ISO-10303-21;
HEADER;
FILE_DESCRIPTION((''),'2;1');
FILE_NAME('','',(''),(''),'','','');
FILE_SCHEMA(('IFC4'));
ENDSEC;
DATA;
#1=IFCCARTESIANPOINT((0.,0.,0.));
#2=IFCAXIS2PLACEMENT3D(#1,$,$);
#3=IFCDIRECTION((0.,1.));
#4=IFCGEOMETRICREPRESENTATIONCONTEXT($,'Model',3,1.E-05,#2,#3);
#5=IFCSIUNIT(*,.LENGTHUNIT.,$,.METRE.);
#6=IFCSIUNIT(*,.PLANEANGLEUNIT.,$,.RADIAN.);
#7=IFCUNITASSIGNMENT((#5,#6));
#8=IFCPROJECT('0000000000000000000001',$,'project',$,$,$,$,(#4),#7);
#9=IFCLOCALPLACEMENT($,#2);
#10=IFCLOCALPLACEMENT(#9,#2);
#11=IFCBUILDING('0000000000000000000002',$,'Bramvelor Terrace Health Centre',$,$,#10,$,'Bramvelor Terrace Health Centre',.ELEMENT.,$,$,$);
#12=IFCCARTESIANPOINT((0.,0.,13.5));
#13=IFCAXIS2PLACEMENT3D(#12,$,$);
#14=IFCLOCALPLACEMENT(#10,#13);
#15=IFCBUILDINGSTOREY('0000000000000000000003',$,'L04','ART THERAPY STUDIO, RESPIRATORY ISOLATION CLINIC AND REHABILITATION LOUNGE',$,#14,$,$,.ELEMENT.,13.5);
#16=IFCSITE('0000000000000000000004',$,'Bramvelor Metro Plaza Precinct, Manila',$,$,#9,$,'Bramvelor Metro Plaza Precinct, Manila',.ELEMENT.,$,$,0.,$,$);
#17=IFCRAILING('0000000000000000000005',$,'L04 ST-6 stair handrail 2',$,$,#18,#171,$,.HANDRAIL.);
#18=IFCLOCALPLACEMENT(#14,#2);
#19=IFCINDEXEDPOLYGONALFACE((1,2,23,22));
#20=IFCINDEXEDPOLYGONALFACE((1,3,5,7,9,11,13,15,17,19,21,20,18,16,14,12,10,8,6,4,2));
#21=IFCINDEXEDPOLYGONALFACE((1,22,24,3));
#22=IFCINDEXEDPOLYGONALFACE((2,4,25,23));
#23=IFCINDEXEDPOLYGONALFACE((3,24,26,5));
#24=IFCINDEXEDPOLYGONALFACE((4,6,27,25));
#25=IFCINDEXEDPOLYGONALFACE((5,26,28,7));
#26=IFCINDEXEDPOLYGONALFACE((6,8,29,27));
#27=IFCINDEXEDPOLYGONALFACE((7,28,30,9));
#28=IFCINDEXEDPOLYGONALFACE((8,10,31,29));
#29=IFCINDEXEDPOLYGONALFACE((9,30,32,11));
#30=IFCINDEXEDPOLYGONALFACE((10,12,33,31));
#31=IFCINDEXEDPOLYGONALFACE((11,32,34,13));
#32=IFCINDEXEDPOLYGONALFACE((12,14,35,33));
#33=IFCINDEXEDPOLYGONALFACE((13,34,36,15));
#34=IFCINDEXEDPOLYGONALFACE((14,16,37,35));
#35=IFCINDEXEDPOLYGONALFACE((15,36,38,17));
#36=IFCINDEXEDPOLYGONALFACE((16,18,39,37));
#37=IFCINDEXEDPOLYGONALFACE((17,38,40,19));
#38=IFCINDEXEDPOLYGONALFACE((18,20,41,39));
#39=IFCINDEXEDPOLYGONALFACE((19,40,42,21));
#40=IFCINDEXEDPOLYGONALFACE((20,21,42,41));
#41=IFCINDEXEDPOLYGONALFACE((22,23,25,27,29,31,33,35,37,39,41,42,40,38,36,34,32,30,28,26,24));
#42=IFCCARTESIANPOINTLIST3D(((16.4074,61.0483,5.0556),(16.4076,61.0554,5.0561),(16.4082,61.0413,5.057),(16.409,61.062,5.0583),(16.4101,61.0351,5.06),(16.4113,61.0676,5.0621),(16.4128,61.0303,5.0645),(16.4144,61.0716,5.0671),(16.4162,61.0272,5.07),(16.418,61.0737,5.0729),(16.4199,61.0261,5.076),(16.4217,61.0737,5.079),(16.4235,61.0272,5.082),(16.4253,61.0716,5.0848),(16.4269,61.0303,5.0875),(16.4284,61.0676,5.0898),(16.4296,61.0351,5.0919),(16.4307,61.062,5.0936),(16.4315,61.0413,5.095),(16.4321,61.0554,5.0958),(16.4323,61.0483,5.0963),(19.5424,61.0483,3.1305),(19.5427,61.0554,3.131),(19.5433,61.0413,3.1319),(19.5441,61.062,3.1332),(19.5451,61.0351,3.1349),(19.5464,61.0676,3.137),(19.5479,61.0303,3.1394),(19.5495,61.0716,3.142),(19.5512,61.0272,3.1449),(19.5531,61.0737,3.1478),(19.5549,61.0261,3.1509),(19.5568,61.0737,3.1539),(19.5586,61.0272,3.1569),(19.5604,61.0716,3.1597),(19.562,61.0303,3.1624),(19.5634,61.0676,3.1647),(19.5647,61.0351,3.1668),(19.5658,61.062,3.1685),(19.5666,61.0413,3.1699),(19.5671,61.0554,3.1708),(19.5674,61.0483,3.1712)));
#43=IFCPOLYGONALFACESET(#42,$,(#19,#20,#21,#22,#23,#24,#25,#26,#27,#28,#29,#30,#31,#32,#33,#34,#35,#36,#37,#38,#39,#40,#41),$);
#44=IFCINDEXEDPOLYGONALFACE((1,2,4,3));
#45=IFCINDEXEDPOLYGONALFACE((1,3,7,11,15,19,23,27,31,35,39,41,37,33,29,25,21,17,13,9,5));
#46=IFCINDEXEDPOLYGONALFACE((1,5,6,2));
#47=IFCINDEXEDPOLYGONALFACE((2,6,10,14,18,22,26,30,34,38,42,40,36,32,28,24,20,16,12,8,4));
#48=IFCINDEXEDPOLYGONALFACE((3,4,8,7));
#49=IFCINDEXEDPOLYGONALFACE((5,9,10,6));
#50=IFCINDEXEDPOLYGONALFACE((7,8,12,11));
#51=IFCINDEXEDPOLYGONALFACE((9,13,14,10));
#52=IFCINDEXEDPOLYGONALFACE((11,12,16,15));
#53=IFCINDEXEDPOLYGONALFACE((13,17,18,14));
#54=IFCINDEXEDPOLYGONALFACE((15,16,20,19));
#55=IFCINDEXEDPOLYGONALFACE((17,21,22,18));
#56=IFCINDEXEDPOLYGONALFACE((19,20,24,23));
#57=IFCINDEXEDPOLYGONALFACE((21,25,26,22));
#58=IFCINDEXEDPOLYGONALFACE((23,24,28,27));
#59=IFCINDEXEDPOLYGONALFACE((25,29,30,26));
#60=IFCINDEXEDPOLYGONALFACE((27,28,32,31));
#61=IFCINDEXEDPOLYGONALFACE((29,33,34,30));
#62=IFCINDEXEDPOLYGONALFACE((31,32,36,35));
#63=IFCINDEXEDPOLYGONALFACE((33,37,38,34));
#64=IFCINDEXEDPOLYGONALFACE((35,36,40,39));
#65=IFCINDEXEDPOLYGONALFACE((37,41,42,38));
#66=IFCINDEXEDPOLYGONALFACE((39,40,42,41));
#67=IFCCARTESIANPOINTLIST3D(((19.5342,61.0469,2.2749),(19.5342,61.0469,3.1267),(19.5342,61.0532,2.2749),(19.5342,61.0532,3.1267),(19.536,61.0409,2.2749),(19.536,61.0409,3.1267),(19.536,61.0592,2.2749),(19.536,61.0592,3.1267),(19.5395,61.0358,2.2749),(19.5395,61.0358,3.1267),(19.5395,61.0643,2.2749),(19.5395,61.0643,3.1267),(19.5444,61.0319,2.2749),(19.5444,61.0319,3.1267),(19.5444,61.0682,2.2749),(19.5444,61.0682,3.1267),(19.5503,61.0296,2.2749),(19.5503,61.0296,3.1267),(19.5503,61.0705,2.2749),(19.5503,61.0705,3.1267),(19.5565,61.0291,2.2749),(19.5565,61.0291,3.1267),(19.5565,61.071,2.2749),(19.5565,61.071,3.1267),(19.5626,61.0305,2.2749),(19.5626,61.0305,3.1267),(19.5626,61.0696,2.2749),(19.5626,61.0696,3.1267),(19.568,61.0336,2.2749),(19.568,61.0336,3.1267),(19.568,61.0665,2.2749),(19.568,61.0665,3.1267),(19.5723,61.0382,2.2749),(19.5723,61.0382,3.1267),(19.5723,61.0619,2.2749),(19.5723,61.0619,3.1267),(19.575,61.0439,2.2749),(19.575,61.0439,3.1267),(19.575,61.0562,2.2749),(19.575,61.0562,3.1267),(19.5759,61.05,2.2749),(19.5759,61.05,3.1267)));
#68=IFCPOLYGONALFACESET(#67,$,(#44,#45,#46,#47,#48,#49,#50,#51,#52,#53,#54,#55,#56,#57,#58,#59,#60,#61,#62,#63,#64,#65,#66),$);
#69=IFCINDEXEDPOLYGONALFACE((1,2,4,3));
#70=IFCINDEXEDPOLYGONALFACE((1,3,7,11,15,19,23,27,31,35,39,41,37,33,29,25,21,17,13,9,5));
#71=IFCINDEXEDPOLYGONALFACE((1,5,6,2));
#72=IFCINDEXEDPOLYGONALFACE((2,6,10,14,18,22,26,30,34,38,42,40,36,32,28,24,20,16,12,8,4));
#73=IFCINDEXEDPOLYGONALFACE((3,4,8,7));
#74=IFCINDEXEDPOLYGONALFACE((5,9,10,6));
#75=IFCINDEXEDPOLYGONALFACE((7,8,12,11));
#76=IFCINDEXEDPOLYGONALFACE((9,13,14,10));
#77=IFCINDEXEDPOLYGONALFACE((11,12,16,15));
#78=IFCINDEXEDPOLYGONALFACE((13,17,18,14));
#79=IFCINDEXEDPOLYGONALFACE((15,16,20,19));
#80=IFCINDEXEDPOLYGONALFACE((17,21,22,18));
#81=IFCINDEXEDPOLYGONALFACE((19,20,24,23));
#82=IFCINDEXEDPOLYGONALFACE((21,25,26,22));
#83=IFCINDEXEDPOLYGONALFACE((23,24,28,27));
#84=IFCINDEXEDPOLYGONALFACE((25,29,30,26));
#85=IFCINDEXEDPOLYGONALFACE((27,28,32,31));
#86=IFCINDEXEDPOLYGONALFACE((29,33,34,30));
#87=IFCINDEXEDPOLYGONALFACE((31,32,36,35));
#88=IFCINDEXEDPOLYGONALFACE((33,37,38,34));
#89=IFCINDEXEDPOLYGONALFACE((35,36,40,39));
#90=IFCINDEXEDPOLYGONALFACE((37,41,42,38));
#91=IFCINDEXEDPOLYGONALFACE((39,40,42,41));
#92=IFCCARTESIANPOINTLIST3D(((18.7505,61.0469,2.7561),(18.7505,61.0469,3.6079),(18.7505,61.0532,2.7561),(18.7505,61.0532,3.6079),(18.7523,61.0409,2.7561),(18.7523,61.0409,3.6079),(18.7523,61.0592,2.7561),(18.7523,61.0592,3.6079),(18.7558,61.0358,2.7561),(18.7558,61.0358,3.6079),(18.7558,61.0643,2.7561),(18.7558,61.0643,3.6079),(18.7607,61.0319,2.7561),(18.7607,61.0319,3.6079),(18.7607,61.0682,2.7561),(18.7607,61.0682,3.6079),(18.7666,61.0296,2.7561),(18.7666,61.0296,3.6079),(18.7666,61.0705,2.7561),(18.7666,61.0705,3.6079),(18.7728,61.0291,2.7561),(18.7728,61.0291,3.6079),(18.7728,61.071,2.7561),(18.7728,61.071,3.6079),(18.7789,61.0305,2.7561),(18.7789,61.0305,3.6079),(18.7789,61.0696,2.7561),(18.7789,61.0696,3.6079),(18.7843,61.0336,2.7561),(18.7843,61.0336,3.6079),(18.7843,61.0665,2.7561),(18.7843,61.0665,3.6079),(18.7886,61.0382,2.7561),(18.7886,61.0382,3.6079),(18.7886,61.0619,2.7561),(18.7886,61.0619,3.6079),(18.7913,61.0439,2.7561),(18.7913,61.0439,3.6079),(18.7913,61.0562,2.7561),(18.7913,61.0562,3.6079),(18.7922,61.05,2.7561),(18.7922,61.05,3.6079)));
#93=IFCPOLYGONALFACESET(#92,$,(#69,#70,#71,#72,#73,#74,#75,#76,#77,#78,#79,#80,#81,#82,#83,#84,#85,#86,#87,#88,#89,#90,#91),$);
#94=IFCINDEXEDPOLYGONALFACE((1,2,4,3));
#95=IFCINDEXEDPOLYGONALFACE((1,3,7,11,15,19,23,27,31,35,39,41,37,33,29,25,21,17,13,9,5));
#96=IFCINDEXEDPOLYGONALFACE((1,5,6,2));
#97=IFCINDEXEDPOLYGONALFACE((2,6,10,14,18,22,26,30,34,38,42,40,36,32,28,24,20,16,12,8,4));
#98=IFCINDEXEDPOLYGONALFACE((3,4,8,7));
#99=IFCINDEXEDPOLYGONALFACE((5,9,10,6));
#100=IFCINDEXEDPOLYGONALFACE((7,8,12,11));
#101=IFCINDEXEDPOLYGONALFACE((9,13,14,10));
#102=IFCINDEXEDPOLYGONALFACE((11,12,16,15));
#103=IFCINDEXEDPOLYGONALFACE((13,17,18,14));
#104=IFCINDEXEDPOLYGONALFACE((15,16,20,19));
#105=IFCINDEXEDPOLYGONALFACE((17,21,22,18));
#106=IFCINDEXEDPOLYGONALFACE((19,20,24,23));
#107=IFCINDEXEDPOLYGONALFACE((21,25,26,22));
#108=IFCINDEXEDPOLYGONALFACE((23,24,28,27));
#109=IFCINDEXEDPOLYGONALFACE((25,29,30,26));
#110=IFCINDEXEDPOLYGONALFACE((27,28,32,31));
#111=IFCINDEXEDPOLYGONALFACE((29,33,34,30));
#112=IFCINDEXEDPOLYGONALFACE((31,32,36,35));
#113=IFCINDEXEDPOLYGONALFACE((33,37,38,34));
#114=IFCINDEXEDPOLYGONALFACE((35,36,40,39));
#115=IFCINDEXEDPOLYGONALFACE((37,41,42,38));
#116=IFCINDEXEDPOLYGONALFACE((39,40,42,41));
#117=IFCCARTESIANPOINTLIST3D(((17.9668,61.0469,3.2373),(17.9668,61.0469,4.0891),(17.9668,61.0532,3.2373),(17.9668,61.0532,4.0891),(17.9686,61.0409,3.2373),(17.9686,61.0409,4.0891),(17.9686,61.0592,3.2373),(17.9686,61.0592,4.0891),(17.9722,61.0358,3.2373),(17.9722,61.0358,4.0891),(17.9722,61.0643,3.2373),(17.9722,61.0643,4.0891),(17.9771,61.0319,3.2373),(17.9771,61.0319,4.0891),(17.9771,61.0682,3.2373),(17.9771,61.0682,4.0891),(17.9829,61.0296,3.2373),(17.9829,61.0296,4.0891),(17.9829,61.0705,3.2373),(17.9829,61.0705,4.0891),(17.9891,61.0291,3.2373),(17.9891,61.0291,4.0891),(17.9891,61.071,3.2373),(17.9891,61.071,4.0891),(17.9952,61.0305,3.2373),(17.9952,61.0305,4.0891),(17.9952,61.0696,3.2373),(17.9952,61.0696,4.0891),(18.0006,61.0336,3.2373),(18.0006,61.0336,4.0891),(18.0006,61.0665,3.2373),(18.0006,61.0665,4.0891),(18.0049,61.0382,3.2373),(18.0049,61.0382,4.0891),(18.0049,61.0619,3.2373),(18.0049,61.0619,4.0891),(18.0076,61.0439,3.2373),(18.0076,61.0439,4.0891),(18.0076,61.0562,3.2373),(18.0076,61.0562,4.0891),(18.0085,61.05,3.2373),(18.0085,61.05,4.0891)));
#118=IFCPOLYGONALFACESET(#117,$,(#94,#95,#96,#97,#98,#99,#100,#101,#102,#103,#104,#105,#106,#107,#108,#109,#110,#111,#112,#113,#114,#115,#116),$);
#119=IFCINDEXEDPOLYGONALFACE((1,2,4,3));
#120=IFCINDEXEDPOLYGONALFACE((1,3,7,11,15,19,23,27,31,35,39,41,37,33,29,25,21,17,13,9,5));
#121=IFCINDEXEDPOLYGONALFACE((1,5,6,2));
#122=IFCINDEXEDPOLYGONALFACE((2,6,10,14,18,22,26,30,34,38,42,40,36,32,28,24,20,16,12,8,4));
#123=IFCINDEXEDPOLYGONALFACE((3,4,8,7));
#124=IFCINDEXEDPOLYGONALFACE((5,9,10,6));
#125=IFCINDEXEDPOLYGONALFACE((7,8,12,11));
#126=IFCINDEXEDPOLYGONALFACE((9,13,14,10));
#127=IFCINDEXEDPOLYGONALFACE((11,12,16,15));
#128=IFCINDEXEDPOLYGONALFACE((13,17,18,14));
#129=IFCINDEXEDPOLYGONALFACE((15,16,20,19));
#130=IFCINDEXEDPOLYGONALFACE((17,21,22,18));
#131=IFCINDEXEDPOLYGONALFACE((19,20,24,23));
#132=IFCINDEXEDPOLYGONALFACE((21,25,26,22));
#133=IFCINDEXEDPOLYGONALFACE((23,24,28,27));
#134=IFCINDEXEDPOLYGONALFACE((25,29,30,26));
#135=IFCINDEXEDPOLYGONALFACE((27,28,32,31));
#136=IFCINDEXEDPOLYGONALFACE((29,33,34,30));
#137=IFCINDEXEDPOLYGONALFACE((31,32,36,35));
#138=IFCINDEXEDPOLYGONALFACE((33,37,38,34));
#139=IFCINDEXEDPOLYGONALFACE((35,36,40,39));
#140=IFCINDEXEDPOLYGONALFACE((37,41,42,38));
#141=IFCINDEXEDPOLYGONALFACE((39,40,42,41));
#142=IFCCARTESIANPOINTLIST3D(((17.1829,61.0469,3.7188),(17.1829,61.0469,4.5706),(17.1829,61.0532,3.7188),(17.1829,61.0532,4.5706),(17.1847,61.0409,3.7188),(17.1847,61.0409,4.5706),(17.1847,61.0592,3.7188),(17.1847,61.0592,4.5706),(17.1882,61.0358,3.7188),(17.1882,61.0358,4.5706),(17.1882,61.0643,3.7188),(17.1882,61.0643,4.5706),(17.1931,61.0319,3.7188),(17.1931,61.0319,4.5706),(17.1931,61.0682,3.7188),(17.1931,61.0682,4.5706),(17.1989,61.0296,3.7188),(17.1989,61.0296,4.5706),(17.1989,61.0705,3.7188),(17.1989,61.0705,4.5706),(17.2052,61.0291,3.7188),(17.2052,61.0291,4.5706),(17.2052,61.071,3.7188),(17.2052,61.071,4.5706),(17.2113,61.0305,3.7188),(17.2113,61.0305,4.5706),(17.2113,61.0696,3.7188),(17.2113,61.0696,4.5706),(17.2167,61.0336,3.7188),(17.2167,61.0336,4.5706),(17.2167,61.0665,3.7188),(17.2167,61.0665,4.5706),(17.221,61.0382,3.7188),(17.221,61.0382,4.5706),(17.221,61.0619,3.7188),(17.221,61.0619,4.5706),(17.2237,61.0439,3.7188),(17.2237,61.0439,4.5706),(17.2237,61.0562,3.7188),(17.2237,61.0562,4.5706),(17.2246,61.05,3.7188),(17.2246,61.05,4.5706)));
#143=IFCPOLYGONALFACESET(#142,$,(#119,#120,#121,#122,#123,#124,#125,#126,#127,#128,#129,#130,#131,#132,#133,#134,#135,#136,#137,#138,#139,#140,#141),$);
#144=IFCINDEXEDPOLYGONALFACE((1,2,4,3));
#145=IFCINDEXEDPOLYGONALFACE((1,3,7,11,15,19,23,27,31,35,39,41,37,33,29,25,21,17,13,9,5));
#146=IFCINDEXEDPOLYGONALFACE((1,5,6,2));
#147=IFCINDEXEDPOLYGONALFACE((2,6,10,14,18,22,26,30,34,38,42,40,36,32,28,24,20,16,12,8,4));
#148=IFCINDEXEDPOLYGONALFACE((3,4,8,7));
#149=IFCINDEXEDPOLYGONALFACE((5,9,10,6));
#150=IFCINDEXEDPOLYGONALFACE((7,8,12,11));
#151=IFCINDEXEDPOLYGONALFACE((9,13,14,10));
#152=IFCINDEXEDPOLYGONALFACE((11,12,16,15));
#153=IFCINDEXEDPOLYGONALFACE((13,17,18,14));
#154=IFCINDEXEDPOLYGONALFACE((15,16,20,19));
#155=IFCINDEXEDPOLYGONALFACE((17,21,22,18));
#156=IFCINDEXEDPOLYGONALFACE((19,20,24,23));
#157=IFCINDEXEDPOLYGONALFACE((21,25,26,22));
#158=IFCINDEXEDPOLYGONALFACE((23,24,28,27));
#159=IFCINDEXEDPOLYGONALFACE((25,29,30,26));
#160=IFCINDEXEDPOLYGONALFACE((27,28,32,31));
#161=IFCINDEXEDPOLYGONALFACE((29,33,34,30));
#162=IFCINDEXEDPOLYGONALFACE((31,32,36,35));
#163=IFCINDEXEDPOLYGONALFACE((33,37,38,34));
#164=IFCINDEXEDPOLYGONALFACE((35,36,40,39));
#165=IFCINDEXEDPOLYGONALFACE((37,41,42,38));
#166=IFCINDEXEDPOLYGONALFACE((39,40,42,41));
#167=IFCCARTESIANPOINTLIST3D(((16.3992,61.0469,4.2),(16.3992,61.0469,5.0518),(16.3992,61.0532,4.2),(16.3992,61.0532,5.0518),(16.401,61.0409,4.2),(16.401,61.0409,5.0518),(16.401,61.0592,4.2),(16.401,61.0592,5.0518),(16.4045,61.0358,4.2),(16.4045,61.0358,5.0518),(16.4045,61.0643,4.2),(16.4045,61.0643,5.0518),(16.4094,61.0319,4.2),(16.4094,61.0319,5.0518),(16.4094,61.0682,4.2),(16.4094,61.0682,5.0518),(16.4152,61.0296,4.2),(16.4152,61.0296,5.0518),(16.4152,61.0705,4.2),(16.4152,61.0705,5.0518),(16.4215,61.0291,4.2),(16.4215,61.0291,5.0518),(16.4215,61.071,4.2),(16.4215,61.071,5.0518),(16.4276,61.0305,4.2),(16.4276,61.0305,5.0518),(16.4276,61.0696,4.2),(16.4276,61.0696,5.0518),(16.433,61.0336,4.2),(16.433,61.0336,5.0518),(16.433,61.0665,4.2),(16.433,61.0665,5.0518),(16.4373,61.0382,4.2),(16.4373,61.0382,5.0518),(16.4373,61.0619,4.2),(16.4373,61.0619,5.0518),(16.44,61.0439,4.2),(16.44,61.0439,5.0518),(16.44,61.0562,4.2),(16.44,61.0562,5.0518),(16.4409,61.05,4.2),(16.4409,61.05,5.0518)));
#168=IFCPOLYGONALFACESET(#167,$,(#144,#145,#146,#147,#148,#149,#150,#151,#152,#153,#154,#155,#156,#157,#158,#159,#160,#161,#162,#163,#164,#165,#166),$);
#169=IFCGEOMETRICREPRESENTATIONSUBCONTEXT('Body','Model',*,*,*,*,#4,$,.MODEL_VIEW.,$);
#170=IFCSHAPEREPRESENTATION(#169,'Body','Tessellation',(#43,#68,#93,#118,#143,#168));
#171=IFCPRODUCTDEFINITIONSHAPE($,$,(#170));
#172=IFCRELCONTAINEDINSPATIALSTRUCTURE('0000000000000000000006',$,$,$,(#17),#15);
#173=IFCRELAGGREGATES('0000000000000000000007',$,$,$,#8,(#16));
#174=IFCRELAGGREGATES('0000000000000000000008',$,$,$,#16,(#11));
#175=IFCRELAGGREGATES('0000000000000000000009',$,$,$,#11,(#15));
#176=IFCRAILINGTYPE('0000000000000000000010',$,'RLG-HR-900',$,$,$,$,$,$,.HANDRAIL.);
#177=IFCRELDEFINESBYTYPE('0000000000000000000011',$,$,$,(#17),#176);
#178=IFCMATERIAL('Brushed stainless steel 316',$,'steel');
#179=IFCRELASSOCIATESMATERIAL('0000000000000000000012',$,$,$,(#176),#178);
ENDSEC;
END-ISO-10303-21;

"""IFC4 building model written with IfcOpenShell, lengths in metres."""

from ifc_helpers import new_model, si_unit, direction, frame, origin, origin_2d, place, context, subcontext, project, spatial, circle, extrude, material, type_object, element, save


model = new_model("IFC4")

# Units and contexts
model_context = context("Model", 3, precision=1e-05, world=origin(), true_north=direction((0.0, 1.0)))
body_context = subcontext(model_context, "Body", "Model", "MODEL_VIEW")
ifc_project = project(units=[si_unit("LENGTHUNIT", "METRE"), si_unit("PLANEANGLEUNIT", "RADIAN")], contexts=[model_context])

# Site, building, storey
site_placement = place(None, origin())
site = spatial("IfcSite", under=ifc_project, at=site_placement, Name="Bramvelor Metro Plaza Precinct, Manila", LongName="Bramvelor Metro Plaza Precinct, Manila", CompositionType="ELEMENT", RefElevation=0.0)
building_placement = place(site_placement, origin())
building = spatial("IfcBuilding", under=site, at=building_placement, Name="Bramvelor Terrace Health Centre", LongName="Bramvelor Terrace Health Centre", CompositionType="ELEMENT")
storey_placement = place(building_placement, frame((0.0, 0.0, 13.5)))
storey = spatial("IfcBuildingStorey", under=building, at=storey_placement, Name="L04", Description="ART THERAPY STUDIO, RESPIRATORY ISOLATION CLINIC AND REHABILITATION LOUNGE", CompositionType="ELEMENT", Elevation=13.5)

# Railing
ifc_material_1 = material(Name="Brushed stainless steel 316", Category="steel")
railing_type_1 = type_object("IfcRailingType", Name="RLG-HR-900", PredefinedType="HANDRAIL", material=ifc_material_1)
railing_1_placement = place(storey_placement, frame((19.5549, 61.05, 2.2749)))
element("IfcRailing", 1, at=railing_1_placement, inside=storey, type_object=railing_type_1, Name="L04 ST-6 stair handrail 2", PredefinedType="HANDRAIL", context=body_context, shape_type="SweptSolid", body=[
    extrude(circle(Radius=0.0239, at=origin_2d()), frame((0.0, 0.0, 0.876), z_axis=(-0.852166, 0.0, 0.523271), x_axis=(0.0, -1.0, 0.0)), (0.0, 0.0, 1.0), 3.679),
    extrude(circle(Radius=0.021, at=origin_2d()), origin(), (0.0, 0.0, 1.0), 0.8518),
    extrude(circle(Radius=0.021, at=origin_2d()), frame((-0.7837, 0.0, 0.4812)), (0.0, 0.0, 1.0), 0.8518),
    extrude(circle(Radius=0.021, at=origin_2d()), frame((-1.5674, 0.0, 0.9624)), (0.0, 0.0, 1.0), 0.8518),
    extrude(circle(Radius=0.021, at=origin_2d()), frame((-2.3513, 0.0, 1.4438)), (0.0, 0.0, 1.0), 0.8518),
    extrude(circle(Radius=0.021, at=origin_2d()), frame((-3.135, 0.0, 1.925)), (0.0, 0.0, 1.0), 0.8518),
])

save(model, "model.ifc")
